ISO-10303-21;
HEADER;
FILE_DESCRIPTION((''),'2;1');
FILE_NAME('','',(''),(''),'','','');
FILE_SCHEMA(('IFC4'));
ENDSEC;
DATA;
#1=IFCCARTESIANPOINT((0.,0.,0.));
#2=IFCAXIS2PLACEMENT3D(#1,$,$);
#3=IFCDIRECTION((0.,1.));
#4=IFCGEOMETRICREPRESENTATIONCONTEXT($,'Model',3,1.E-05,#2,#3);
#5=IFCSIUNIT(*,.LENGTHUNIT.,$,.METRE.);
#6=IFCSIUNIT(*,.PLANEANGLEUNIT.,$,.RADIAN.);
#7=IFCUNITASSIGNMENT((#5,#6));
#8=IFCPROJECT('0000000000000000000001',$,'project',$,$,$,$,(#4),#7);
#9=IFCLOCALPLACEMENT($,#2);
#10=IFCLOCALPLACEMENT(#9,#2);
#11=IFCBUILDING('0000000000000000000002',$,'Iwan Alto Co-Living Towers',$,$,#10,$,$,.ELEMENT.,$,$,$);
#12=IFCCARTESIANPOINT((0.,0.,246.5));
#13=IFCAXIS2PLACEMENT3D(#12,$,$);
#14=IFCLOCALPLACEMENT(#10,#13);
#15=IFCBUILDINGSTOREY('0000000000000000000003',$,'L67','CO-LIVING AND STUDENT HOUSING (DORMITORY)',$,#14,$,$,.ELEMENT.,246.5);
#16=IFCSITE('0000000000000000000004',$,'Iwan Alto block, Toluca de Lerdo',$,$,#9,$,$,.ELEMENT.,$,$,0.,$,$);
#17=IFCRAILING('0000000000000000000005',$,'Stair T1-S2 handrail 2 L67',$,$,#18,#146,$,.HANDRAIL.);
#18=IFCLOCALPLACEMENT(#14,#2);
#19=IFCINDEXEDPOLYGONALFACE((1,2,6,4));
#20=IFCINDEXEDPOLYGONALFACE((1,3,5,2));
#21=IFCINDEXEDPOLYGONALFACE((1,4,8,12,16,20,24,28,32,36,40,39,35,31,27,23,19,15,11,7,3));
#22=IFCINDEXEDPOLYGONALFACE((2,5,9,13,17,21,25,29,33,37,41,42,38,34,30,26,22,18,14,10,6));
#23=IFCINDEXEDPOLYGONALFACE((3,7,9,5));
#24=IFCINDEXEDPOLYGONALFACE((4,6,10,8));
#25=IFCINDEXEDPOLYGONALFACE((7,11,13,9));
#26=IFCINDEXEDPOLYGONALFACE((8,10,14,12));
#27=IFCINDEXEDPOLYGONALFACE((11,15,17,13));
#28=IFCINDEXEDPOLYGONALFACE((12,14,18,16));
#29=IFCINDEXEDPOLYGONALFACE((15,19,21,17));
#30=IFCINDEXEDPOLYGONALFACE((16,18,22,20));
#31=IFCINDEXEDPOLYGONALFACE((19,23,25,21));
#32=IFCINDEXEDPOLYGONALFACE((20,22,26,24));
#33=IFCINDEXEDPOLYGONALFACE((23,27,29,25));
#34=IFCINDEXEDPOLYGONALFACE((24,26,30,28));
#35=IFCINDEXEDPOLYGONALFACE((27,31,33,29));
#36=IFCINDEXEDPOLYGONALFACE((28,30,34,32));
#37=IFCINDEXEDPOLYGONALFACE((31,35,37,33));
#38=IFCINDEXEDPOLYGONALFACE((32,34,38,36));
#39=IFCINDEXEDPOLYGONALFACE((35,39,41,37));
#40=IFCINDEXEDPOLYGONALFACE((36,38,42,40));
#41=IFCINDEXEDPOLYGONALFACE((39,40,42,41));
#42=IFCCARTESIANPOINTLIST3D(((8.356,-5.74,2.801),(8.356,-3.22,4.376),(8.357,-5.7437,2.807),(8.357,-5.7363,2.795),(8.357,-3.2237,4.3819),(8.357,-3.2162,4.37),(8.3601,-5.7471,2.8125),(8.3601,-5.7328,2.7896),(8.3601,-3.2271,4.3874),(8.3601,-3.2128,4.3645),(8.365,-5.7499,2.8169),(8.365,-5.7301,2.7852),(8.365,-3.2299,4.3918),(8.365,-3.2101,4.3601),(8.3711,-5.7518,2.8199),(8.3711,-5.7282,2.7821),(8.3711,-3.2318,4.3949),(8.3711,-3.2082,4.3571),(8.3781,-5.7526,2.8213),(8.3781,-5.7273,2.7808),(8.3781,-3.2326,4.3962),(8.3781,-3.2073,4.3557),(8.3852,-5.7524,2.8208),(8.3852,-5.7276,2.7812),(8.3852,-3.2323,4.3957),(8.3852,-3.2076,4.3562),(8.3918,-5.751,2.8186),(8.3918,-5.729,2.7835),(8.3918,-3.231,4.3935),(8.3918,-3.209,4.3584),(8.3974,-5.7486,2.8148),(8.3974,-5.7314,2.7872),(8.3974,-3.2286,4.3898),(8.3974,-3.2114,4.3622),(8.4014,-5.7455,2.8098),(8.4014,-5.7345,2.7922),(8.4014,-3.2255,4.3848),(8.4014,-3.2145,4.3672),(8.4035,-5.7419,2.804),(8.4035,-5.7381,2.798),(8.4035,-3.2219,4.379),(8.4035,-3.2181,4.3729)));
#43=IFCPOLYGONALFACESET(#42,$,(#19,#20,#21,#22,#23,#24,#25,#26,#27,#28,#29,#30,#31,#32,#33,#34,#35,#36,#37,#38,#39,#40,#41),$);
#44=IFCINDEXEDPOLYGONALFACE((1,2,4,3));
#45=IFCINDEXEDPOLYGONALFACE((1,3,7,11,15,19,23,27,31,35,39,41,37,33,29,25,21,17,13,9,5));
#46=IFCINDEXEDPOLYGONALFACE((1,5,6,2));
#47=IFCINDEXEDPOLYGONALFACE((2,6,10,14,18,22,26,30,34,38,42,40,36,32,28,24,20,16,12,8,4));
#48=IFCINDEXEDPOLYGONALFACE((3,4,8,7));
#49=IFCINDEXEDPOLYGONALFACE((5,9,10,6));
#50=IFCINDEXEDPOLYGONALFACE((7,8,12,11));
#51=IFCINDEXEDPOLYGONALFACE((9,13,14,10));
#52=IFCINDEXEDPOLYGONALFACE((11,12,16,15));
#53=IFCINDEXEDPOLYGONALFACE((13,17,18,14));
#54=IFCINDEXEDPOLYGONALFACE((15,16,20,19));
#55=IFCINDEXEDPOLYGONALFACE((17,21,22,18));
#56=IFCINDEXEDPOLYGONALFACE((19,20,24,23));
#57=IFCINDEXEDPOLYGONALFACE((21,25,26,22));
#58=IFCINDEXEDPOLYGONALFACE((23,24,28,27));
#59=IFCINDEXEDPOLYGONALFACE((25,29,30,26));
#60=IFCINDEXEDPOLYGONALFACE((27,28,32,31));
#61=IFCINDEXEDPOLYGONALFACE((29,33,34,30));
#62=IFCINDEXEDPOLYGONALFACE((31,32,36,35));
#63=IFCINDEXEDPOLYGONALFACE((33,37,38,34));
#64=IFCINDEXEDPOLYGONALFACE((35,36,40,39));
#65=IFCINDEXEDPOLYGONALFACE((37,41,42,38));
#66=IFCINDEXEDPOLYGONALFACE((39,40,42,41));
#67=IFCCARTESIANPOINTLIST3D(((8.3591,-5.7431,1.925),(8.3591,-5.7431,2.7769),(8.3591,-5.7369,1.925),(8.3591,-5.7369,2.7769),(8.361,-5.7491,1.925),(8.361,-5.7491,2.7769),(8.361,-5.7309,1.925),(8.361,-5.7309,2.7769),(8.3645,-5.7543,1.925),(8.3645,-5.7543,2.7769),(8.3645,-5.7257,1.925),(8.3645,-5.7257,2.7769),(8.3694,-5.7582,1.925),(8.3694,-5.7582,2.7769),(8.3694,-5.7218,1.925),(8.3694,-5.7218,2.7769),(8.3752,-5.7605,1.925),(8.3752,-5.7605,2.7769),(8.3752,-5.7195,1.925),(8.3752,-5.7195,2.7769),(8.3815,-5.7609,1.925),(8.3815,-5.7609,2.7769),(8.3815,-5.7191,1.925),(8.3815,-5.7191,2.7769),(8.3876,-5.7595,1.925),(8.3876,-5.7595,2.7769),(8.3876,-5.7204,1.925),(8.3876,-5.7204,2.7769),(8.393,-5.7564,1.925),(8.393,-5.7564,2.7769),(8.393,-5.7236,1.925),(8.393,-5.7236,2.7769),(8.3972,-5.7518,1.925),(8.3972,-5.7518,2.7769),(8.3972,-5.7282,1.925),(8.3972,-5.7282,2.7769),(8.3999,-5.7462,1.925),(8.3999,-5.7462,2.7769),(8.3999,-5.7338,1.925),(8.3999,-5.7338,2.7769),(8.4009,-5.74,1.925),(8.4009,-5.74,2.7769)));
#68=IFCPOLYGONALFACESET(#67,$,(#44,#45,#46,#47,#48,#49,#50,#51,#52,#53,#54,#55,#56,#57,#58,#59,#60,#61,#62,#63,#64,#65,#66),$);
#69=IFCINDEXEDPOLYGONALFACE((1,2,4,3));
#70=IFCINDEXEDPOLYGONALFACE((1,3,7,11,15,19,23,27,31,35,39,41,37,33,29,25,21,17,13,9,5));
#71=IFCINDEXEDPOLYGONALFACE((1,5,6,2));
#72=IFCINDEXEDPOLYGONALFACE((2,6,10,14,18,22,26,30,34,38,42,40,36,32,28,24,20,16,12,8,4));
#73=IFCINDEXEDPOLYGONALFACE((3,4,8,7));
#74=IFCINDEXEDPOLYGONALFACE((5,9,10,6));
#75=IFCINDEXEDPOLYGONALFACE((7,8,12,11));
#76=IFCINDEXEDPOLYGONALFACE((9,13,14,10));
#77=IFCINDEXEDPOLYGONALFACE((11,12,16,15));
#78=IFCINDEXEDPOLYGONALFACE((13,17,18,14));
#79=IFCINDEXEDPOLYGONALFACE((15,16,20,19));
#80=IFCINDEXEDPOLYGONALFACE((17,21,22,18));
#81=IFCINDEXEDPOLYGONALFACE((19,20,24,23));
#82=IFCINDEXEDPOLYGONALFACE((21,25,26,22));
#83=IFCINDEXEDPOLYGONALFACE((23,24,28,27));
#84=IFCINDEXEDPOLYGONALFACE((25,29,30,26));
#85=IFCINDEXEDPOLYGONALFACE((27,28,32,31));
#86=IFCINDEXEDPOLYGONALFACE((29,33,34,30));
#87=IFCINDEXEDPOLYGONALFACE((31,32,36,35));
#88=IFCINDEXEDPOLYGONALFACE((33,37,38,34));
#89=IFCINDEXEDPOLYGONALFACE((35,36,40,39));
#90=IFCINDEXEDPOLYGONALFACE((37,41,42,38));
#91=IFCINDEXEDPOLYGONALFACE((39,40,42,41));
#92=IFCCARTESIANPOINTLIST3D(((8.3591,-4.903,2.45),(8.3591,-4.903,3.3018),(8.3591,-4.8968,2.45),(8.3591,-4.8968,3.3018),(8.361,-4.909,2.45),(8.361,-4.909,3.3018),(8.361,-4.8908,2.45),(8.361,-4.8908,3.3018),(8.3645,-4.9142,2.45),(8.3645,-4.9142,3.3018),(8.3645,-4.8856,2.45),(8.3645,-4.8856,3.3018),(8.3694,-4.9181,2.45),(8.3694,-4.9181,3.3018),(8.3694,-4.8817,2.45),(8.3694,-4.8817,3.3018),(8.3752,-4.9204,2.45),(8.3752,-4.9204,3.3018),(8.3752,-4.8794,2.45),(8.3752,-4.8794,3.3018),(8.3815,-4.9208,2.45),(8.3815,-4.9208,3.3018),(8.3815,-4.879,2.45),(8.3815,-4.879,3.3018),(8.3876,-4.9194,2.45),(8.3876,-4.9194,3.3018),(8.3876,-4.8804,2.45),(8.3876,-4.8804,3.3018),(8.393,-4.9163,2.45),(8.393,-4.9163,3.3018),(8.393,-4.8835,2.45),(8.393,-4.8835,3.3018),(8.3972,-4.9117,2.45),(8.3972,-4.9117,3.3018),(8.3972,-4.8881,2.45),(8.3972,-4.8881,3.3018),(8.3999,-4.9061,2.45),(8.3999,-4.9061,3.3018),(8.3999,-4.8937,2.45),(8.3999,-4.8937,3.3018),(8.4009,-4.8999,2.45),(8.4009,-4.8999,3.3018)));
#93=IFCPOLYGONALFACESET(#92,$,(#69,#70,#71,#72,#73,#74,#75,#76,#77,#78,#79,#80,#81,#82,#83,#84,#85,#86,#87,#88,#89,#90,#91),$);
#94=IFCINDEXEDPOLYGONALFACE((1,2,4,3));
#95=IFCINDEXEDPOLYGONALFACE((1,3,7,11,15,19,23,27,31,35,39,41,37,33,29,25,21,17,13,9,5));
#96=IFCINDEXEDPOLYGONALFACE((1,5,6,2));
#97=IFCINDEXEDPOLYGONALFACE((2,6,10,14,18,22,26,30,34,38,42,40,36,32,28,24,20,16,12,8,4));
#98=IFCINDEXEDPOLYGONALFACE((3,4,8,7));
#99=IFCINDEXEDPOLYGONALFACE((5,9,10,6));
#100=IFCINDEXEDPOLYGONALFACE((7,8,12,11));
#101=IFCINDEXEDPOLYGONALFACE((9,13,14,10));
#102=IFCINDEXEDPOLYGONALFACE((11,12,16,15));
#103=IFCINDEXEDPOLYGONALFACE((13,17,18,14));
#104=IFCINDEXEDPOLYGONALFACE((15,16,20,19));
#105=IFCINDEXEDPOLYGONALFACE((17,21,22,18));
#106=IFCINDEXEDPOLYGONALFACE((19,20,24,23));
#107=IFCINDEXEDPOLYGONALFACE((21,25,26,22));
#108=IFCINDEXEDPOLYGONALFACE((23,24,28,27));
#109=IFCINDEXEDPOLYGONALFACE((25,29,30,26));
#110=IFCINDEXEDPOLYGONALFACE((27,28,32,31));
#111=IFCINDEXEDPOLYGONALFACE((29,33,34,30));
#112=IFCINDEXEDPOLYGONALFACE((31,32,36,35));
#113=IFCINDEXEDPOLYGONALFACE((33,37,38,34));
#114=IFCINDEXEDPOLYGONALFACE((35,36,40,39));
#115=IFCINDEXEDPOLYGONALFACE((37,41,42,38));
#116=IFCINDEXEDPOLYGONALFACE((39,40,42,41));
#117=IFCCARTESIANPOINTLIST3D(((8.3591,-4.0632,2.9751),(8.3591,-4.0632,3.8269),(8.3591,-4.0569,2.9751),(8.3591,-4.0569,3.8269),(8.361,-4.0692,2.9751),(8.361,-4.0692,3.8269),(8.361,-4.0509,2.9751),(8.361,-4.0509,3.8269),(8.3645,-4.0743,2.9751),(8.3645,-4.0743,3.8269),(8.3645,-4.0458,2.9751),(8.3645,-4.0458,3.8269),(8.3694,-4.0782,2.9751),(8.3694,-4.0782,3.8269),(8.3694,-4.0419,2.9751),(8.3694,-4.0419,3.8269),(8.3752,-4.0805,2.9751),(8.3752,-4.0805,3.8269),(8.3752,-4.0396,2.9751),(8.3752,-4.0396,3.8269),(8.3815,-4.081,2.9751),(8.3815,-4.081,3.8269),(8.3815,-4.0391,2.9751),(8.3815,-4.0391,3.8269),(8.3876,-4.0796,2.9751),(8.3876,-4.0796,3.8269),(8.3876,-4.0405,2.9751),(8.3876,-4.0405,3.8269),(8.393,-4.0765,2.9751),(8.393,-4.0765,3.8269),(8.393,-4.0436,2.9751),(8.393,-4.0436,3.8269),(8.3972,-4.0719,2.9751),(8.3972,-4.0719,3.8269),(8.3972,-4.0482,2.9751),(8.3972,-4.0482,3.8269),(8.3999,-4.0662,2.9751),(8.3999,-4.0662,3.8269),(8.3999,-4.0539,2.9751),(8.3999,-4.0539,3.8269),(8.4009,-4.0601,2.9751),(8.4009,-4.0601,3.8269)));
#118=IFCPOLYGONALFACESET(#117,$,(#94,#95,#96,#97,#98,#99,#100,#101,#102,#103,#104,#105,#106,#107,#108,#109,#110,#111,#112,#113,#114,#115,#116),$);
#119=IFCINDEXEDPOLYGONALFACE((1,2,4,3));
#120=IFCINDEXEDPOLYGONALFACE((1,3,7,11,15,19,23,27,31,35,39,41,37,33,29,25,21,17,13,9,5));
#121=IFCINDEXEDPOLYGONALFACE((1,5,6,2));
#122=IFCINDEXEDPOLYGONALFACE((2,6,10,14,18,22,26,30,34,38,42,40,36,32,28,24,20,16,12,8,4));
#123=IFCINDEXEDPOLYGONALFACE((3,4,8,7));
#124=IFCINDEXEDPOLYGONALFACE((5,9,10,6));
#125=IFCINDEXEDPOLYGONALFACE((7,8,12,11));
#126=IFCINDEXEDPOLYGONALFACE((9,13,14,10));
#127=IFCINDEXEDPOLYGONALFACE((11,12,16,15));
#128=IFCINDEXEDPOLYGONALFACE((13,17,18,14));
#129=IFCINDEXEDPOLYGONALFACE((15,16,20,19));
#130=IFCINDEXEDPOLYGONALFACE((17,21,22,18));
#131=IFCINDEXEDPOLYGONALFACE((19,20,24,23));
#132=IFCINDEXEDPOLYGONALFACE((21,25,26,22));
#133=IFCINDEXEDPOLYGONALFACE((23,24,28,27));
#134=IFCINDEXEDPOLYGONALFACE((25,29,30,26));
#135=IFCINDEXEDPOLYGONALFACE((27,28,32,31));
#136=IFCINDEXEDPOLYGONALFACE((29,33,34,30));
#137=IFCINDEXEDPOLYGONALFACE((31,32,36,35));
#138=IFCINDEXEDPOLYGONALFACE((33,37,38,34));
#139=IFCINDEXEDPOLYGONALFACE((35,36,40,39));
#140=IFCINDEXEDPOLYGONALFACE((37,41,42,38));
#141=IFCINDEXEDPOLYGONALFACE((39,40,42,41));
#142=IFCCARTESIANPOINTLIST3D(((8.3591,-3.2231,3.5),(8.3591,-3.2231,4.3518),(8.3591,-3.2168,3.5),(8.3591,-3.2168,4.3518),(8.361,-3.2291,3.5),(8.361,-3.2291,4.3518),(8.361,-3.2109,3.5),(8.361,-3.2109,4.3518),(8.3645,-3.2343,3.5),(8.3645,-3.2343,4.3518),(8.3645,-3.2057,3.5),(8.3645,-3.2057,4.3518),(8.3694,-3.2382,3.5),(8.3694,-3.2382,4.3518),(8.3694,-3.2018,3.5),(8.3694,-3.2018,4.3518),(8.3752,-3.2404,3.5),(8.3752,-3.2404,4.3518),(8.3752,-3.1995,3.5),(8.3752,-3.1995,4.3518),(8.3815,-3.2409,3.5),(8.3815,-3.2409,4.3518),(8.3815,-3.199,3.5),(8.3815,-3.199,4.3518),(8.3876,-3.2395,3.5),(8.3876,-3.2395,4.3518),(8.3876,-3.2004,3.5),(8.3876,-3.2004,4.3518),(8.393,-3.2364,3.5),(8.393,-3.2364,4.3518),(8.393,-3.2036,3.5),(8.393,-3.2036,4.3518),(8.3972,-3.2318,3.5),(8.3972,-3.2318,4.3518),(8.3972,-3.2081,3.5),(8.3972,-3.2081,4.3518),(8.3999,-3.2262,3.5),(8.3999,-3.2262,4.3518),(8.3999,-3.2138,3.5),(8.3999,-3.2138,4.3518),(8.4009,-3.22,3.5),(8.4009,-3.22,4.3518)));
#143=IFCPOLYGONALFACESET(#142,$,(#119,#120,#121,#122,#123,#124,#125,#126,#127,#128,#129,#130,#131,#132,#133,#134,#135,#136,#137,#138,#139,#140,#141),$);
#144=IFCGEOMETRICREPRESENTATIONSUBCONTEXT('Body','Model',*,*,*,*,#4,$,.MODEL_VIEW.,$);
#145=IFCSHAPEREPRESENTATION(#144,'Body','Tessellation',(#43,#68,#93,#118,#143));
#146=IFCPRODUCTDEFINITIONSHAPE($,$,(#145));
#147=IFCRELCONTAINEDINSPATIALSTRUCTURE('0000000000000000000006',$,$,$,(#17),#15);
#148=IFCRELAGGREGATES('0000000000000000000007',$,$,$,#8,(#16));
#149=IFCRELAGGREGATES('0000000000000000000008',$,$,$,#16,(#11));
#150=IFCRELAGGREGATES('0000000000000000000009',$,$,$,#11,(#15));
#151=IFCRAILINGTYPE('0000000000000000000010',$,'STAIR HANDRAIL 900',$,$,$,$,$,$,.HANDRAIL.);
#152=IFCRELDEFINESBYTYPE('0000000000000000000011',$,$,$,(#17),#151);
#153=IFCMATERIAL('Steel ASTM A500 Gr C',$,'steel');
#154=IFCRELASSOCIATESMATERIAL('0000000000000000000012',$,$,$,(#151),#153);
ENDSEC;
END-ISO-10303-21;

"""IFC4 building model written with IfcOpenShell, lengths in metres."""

from ifc_helpers import new_model, si_unit, direction, frame, origin, origin_2d, place, context, subcontext, project, spatial, circle, extrude, material, type_object, element, save


model = new_model("IFC4")

# Units and contexts
model_context = context("Model", 3, precision=1e-05, world=origin(), true_north=direction((0.0, 1.0)))
body_context = subcontext(model_context, "Body", "Model", "MODEL_VIEW")
ifc_project = project(units=[si_unit("LENGTHUNIT", "METRE"), si_unit("PLANEANGLEUNIT", "RADIAN")], contexts=[model_context])

# Site, building, storey
site_placement = place(None, origin())
site = spatial("IfcSite", under=ifc_project, at=site_placement, Name="Iwan Alto block, Toluca de Lerdo", CompositionType="ELEMENT", RefElevation=0.0)
building_placement = place(site_placement, origin())
building = spatial("IfcBuilding", under=site, at=building_placement, Name="Iwan Alto Co-Living Towers", CompositionType="ELEMENT")
storey_placement = place(building_placement, frame((0.0, 0.0, 246.5)))
storey = spatial("IfcBuildingStorey", under=building, at=storey_placement, Name="L67", Description="CO-LIVING AND STUDENT HOUSING (DORMITORY)", CompositionType="ELEMENT", Elevation=246.5)

# Railing
ifc_material_1 = material(Name="Steel ASTM A500 Gr C", Category="steel")
railing_type_1 = type_object("IfcRailingType", Name="STAIR HANDRAIL 900", PredefinedType="HANDRAIL", material=ifc_material_1)
railing_1_placement = place(storey_placement, frame((8.3799, -5.74, 1.925)))
element("IfcRailing", 1, at=railing_1_placement, inside=storey, type_object=railing_type_1, Name="Stair T1-S2 handrail 2 L67", PredefinedType="HANDRAIL", context=body_context, shape_type="SweptSolid", body=[
    extrude(circle(Radius=0.0239, at=origin_2d()), frame((0.0, 0.0, 0.876), z_axis=(0.0, 0.848008, 0.529984), x_axis=(-1.0, 0.0, 0.0)), (0.0, 0.0, 1.0), 2.9717),
    extrude(circle(Radius=0.021, at=origin_2d()), origin(), (0.0, 0.0, 1.0), 0.8518),
    extrude(circle(Radius=0.021, at=origin_2d()), frame((0.0, 0.8401, 0.5249)), (0.0, 0.0, 1.0), 0.8518),
    extrude(circle(Radius=0.021, at=origin_2d()), frame((0.0, 1.6799, 1.05)), (0.0, 0.0, 1.0), 0.8518),
    extrude(circle(Radius=0.021, at=origin_2d()), frame((0.0, 2.52, 1.575)), (0.0, 0.0, 1.0), 0.8518),
])

save(model, "model.ifc")
